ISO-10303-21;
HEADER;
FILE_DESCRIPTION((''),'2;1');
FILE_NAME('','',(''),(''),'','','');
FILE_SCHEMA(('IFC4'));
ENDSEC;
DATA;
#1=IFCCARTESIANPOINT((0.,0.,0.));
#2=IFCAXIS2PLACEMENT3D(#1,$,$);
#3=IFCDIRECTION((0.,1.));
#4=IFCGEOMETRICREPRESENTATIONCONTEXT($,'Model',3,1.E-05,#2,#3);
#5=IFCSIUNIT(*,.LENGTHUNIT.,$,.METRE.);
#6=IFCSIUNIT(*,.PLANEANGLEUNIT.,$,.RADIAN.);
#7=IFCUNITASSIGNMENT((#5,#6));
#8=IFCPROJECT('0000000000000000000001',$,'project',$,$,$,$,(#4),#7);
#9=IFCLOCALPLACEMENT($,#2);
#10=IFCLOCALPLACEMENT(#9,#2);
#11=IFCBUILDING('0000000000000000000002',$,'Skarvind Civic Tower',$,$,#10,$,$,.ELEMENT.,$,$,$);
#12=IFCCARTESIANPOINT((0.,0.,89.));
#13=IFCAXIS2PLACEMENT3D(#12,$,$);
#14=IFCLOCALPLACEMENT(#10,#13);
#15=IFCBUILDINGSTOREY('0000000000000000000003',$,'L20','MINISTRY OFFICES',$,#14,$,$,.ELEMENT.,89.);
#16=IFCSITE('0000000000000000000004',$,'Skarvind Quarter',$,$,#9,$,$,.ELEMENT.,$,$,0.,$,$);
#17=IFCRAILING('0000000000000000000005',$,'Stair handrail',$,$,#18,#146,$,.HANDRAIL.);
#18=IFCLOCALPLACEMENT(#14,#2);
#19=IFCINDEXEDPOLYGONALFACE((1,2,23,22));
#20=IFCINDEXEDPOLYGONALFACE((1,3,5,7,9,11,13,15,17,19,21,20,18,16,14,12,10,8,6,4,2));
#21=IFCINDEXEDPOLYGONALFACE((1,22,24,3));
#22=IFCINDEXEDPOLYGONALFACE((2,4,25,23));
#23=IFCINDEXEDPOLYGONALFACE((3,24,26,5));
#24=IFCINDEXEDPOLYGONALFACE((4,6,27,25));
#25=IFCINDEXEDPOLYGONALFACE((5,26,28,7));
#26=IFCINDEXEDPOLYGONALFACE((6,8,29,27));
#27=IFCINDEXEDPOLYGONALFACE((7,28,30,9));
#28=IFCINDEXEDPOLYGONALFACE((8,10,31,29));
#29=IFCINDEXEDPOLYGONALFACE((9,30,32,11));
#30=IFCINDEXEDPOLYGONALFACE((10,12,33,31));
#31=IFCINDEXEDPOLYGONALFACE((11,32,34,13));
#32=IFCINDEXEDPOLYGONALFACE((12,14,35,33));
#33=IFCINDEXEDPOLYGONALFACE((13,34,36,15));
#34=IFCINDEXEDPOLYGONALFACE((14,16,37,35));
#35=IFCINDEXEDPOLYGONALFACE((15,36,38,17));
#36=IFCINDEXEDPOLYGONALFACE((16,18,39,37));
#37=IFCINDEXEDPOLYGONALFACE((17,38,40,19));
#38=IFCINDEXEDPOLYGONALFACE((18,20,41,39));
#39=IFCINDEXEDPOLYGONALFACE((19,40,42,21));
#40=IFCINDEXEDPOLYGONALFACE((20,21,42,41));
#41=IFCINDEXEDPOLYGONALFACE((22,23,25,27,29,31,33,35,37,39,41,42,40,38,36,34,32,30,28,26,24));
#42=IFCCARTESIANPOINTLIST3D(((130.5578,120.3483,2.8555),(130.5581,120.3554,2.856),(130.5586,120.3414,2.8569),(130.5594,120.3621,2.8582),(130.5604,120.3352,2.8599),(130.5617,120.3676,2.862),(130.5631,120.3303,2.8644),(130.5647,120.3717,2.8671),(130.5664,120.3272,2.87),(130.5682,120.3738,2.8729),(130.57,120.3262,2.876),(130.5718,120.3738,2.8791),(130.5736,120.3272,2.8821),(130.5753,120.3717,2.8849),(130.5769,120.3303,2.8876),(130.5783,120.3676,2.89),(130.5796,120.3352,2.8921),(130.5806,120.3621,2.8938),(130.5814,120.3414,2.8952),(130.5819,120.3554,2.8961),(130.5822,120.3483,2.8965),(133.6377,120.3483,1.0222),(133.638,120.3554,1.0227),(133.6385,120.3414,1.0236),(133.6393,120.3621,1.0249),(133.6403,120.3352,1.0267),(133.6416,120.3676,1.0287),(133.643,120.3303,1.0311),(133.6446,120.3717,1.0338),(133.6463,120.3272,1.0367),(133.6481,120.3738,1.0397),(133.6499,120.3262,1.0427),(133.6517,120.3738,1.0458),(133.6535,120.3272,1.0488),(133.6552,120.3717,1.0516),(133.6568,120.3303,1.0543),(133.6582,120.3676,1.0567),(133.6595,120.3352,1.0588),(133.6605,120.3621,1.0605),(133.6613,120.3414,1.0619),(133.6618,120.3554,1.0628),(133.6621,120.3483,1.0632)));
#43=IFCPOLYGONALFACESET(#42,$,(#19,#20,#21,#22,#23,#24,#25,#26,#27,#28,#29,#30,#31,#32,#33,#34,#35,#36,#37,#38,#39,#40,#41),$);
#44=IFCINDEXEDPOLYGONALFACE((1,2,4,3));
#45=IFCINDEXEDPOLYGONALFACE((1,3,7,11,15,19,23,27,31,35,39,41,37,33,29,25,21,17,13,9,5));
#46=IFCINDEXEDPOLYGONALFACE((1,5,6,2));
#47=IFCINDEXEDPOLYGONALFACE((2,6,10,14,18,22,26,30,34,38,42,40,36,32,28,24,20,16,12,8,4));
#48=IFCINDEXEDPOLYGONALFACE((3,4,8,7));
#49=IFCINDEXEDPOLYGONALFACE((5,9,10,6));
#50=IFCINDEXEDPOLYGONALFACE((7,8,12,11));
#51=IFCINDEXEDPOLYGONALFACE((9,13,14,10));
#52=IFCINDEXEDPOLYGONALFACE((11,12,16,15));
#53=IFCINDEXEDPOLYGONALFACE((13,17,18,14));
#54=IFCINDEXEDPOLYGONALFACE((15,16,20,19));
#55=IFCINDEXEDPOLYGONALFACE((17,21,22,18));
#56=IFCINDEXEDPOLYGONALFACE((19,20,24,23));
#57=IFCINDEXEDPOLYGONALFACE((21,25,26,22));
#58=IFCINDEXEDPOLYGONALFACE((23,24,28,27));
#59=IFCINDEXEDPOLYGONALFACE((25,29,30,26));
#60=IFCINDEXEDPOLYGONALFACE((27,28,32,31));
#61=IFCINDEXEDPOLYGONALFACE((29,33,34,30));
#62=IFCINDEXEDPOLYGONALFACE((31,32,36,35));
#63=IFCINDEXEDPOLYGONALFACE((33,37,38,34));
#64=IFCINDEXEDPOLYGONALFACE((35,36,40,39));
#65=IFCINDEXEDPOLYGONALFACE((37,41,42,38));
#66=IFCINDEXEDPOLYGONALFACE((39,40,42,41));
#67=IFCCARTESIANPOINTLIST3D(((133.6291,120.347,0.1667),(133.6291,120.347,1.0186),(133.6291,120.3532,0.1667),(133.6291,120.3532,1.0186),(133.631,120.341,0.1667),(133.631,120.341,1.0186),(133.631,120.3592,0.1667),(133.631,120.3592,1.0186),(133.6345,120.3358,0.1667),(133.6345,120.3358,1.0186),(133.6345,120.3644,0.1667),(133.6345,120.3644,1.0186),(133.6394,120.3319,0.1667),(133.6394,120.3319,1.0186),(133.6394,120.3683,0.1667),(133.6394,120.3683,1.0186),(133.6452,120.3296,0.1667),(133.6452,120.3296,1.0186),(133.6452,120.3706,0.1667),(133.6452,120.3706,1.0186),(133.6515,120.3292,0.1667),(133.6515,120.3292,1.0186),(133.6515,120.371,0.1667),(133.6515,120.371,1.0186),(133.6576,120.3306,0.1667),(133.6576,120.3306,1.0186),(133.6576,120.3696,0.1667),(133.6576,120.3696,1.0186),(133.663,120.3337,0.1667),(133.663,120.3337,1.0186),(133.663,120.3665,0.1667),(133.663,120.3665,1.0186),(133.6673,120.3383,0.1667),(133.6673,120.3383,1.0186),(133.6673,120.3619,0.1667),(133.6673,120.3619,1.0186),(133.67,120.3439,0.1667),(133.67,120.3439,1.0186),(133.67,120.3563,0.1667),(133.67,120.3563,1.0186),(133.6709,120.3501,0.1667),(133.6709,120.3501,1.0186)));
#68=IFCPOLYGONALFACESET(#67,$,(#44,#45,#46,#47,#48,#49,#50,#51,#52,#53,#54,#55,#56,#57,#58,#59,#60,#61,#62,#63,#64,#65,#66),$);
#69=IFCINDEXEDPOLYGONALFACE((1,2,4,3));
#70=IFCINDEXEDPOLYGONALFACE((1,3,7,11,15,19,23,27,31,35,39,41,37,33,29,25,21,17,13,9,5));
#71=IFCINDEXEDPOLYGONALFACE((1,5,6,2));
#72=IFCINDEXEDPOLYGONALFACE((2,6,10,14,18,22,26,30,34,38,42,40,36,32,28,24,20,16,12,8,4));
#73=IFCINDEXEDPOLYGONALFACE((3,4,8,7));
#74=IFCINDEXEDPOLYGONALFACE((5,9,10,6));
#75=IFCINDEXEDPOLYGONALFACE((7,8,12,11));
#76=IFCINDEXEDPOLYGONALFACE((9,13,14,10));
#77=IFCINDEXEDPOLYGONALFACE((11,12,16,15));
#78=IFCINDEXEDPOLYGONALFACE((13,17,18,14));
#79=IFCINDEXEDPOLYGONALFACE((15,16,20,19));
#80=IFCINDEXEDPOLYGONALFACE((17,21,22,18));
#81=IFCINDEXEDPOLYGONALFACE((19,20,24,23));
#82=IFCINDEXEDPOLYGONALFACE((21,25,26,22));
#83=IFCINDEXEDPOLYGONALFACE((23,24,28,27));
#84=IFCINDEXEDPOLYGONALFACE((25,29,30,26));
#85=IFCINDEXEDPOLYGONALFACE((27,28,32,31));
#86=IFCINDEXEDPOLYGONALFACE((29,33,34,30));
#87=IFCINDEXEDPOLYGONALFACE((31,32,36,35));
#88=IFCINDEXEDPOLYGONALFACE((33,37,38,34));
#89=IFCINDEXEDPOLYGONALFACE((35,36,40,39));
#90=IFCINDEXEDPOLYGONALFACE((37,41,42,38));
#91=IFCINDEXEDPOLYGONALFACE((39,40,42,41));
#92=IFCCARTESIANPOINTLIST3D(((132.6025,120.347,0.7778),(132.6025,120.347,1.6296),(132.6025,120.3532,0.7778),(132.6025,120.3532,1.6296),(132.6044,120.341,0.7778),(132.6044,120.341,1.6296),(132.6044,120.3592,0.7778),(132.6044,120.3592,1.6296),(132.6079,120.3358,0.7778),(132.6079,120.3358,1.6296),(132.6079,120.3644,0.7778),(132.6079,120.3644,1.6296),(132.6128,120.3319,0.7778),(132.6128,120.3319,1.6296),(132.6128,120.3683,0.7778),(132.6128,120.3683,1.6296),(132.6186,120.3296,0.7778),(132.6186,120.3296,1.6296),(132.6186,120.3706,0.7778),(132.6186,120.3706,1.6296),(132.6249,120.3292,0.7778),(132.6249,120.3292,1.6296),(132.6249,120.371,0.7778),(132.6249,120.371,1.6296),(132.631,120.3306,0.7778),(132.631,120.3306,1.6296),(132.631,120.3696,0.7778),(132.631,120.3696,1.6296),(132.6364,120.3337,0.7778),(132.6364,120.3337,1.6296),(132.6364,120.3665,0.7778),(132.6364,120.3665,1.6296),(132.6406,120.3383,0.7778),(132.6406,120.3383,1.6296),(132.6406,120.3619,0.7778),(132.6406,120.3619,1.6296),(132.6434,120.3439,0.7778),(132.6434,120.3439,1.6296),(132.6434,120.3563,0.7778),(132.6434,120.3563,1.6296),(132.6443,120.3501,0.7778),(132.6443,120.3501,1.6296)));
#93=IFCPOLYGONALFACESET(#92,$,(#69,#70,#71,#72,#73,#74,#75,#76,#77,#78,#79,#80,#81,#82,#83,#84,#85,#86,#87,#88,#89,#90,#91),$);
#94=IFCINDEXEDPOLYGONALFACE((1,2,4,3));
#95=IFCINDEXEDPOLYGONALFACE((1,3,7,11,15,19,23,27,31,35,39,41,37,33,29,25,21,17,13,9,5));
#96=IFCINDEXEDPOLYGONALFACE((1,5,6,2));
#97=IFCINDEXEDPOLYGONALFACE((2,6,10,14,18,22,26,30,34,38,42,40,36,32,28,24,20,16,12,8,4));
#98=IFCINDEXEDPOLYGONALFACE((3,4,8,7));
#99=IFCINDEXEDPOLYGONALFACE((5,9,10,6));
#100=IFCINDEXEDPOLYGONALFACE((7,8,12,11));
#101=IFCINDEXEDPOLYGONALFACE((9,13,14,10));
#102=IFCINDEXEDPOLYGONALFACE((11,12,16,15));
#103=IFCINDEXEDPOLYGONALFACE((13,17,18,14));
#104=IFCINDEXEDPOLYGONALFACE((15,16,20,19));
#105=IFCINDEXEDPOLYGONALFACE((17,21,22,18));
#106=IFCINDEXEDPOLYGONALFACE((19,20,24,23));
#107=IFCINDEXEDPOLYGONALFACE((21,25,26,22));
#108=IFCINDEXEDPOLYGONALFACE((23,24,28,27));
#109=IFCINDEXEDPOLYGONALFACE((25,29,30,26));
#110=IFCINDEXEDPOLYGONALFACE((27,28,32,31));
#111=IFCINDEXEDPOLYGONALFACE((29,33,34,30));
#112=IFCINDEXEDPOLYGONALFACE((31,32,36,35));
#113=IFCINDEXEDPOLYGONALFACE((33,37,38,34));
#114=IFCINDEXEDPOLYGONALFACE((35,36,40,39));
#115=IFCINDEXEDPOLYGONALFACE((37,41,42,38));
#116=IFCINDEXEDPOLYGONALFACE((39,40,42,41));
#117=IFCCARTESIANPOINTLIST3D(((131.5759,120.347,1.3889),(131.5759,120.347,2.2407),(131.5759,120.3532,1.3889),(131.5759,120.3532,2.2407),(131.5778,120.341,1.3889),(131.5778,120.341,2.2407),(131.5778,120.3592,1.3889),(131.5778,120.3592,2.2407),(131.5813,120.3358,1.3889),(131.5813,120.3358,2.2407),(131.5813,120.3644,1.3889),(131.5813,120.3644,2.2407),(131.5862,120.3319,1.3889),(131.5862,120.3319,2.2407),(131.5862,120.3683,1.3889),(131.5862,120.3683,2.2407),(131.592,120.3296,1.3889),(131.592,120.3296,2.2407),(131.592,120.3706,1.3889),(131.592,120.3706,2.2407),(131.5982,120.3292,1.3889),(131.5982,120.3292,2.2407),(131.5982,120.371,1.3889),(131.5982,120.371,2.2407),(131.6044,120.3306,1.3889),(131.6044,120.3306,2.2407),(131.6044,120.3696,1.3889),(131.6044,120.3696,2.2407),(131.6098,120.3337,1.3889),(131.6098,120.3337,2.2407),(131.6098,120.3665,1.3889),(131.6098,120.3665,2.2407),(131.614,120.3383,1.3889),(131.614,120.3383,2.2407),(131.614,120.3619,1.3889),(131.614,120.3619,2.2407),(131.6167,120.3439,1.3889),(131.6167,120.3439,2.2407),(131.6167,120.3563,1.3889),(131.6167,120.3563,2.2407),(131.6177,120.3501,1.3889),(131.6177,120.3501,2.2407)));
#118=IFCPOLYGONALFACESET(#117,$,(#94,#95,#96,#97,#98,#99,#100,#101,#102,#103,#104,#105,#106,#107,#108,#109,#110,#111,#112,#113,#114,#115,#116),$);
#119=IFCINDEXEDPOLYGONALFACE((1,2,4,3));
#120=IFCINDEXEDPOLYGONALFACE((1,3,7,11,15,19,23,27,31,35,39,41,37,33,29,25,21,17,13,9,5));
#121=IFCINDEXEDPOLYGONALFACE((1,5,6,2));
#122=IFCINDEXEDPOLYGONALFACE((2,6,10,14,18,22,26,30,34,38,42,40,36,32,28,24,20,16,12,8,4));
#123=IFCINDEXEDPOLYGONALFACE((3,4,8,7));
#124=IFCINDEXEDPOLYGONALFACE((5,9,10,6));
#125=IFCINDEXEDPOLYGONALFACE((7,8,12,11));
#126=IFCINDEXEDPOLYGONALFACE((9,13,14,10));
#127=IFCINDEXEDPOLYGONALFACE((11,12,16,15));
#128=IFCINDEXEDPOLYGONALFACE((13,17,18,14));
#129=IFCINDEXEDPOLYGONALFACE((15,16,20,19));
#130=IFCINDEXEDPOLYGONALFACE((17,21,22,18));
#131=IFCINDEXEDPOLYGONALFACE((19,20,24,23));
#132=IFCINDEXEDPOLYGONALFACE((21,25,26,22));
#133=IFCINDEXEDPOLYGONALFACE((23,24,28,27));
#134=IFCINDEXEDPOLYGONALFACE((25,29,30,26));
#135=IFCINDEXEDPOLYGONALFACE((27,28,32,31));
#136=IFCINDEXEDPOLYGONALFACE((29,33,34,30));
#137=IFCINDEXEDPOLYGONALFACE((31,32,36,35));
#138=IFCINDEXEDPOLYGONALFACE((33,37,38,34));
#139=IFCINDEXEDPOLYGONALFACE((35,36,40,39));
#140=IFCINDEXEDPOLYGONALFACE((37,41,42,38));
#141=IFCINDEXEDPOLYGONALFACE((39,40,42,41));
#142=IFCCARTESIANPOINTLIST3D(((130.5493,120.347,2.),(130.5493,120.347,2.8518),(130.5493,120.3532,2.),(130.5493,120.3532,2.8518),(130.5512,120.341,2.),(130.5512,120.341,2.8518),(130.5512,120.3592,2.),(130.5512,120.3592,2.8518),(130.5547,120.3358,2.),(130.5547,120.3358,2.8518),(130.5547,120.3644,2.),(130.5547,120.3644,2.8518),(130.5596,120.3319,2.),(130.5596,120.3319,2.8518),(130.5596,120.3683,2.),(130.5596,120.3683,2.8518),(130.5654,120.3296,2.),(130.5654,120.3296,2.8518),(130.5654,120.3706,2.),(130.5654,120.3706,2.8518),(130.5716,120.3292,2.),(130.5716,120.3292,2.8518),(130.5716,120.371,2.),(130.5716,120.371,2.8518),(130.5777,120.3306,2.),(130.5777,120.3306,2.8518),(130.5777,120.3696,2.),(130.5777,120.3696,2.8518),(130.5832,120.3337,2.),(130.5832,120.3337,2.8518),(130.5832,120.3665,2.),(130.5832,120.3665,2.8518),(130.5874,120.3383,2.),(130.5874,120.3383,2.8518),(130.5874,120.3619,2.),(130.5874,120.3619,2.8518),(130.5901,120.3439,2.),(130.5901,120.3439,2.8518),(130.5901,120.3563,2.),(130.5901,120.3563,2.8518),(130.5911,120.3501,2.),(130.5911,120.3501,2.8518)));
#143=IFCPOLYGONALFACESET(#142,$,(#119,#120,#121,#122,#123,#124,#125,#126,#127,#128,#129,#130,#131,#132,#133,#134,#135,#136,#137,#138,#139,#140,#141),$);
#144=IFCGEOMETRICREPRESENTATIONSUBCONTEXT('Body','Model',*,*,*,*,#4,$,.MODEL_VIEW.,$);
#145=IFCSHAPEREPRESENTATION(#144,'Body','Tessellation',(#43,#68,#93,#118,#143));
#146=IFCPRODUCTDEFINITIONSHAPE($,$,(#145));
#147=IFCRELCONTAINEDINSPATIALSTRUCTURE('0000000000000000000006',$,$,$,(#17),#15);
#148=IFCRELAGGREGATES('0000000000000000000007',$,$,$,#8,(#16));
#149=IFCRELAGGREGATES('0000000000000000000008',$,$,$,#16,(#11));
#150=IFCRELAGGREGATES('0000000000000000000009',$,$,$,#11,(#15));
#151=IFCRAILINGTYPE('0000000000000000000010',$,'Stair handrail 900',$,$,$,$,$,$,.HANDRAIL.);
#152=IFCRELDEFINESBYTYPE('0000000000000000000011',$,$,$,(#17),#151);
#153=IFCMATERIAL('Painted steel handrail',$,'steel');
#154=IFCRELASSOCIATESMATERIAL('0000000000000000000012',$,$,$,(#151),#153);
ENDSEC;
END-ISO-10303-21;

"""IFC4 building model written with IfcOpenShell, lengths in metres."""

from ifc_helpers import new_model, si_unit, direction, frame, origin, origin_2d, place, context, subcontext, project, spatial, circle, extrude, material, type_object, element, save


model = new_model("IFC4")

# Units and contexts
model_context = context("Model", 3, precision=1e-05, world=origin(), true_north=direction((0.0, 1.0)))
body_context = subcontext(model_context, "Body", "Model", "MODEL_VIEW")
ifc_project = project(units=[si_unit("LENGTHUNIT", "METRE"), si_unit("PLANEANGLEUNIT", "RADIAN")], contexts=[model_context])

# Site, building, storey
site_placement = place(None, origin())
site = spatial("IfcSite", under=ifc_project, at=site_placement, Name="Skarvind Quarter", CompositionType="ELEMENT", RefElevation=0.0)
building_placement = place(site_placement, origin())
building = spatial("IfcBuilding", under=site, at=building_placement, Name="Skarvind Civic Tower", CompositionType="ELEMENT")
storey_placement = place(building_placement, frame((0.0, 0.0, 89.0)))
storey = spatial("IfcBuildingStorey", under=building, at=storey_placement, Name="L20", Description="MINISTRY OFFICES", CompositionType="ELEMENT", Elevation=89.0)

# Railing
ifc_material_1 = material(Name="Painted steel handrail", Category="steel")
railing_type = type_object("IfcRailingType", Name="Stair handrail 900", PredefinedType="HANDRAIL", material=ifc_material_1)
railing_1_placement = place(storey_placement, frame((133.6499, 120.3501, 0.1667)))
element("IfcRailing", 1, at=railing_1_placement, inside=storey, type_object=railing_type, Name="Stair handrail", PredefinedType="HANDRAIL", context=body_context, shape_type="SweptSolid", body=[
    extrude(circle(Radius=0.0239, at=origin_2d()), frame((0.0, 0.0, 0.876), z_axis=(-0.859291, 0.0, 0.511487), x_axis=(0.0, -1.0, 0.0)), (0.0, 0.0, 1.0), 3.5842),
    extrude(circle(Radius=0.021, at=origin_2d()), origin(), (0.0, 0.0, 1.0), 0.8518),
    extrude(circle(Radius=0.021, at=origin_2d()), frame((-1.0266, 0.0, 0.6111)), (0.0, 0.0, 1.0), 0.8518),
    extrude(circle(Radius=0.021, at=origin_2d()), frame((-2.0532, 0.0, 1.2222)), (0.0, 0.0, 1.0), 0.8518),
    extrude(circle(Radius=0.021, at=origin_2d()), frame((-3.0798, 0.0, 1.8333)), (0.0, 0.0, 1.0), 0.8518),
])

save(model, "model.ifc")
